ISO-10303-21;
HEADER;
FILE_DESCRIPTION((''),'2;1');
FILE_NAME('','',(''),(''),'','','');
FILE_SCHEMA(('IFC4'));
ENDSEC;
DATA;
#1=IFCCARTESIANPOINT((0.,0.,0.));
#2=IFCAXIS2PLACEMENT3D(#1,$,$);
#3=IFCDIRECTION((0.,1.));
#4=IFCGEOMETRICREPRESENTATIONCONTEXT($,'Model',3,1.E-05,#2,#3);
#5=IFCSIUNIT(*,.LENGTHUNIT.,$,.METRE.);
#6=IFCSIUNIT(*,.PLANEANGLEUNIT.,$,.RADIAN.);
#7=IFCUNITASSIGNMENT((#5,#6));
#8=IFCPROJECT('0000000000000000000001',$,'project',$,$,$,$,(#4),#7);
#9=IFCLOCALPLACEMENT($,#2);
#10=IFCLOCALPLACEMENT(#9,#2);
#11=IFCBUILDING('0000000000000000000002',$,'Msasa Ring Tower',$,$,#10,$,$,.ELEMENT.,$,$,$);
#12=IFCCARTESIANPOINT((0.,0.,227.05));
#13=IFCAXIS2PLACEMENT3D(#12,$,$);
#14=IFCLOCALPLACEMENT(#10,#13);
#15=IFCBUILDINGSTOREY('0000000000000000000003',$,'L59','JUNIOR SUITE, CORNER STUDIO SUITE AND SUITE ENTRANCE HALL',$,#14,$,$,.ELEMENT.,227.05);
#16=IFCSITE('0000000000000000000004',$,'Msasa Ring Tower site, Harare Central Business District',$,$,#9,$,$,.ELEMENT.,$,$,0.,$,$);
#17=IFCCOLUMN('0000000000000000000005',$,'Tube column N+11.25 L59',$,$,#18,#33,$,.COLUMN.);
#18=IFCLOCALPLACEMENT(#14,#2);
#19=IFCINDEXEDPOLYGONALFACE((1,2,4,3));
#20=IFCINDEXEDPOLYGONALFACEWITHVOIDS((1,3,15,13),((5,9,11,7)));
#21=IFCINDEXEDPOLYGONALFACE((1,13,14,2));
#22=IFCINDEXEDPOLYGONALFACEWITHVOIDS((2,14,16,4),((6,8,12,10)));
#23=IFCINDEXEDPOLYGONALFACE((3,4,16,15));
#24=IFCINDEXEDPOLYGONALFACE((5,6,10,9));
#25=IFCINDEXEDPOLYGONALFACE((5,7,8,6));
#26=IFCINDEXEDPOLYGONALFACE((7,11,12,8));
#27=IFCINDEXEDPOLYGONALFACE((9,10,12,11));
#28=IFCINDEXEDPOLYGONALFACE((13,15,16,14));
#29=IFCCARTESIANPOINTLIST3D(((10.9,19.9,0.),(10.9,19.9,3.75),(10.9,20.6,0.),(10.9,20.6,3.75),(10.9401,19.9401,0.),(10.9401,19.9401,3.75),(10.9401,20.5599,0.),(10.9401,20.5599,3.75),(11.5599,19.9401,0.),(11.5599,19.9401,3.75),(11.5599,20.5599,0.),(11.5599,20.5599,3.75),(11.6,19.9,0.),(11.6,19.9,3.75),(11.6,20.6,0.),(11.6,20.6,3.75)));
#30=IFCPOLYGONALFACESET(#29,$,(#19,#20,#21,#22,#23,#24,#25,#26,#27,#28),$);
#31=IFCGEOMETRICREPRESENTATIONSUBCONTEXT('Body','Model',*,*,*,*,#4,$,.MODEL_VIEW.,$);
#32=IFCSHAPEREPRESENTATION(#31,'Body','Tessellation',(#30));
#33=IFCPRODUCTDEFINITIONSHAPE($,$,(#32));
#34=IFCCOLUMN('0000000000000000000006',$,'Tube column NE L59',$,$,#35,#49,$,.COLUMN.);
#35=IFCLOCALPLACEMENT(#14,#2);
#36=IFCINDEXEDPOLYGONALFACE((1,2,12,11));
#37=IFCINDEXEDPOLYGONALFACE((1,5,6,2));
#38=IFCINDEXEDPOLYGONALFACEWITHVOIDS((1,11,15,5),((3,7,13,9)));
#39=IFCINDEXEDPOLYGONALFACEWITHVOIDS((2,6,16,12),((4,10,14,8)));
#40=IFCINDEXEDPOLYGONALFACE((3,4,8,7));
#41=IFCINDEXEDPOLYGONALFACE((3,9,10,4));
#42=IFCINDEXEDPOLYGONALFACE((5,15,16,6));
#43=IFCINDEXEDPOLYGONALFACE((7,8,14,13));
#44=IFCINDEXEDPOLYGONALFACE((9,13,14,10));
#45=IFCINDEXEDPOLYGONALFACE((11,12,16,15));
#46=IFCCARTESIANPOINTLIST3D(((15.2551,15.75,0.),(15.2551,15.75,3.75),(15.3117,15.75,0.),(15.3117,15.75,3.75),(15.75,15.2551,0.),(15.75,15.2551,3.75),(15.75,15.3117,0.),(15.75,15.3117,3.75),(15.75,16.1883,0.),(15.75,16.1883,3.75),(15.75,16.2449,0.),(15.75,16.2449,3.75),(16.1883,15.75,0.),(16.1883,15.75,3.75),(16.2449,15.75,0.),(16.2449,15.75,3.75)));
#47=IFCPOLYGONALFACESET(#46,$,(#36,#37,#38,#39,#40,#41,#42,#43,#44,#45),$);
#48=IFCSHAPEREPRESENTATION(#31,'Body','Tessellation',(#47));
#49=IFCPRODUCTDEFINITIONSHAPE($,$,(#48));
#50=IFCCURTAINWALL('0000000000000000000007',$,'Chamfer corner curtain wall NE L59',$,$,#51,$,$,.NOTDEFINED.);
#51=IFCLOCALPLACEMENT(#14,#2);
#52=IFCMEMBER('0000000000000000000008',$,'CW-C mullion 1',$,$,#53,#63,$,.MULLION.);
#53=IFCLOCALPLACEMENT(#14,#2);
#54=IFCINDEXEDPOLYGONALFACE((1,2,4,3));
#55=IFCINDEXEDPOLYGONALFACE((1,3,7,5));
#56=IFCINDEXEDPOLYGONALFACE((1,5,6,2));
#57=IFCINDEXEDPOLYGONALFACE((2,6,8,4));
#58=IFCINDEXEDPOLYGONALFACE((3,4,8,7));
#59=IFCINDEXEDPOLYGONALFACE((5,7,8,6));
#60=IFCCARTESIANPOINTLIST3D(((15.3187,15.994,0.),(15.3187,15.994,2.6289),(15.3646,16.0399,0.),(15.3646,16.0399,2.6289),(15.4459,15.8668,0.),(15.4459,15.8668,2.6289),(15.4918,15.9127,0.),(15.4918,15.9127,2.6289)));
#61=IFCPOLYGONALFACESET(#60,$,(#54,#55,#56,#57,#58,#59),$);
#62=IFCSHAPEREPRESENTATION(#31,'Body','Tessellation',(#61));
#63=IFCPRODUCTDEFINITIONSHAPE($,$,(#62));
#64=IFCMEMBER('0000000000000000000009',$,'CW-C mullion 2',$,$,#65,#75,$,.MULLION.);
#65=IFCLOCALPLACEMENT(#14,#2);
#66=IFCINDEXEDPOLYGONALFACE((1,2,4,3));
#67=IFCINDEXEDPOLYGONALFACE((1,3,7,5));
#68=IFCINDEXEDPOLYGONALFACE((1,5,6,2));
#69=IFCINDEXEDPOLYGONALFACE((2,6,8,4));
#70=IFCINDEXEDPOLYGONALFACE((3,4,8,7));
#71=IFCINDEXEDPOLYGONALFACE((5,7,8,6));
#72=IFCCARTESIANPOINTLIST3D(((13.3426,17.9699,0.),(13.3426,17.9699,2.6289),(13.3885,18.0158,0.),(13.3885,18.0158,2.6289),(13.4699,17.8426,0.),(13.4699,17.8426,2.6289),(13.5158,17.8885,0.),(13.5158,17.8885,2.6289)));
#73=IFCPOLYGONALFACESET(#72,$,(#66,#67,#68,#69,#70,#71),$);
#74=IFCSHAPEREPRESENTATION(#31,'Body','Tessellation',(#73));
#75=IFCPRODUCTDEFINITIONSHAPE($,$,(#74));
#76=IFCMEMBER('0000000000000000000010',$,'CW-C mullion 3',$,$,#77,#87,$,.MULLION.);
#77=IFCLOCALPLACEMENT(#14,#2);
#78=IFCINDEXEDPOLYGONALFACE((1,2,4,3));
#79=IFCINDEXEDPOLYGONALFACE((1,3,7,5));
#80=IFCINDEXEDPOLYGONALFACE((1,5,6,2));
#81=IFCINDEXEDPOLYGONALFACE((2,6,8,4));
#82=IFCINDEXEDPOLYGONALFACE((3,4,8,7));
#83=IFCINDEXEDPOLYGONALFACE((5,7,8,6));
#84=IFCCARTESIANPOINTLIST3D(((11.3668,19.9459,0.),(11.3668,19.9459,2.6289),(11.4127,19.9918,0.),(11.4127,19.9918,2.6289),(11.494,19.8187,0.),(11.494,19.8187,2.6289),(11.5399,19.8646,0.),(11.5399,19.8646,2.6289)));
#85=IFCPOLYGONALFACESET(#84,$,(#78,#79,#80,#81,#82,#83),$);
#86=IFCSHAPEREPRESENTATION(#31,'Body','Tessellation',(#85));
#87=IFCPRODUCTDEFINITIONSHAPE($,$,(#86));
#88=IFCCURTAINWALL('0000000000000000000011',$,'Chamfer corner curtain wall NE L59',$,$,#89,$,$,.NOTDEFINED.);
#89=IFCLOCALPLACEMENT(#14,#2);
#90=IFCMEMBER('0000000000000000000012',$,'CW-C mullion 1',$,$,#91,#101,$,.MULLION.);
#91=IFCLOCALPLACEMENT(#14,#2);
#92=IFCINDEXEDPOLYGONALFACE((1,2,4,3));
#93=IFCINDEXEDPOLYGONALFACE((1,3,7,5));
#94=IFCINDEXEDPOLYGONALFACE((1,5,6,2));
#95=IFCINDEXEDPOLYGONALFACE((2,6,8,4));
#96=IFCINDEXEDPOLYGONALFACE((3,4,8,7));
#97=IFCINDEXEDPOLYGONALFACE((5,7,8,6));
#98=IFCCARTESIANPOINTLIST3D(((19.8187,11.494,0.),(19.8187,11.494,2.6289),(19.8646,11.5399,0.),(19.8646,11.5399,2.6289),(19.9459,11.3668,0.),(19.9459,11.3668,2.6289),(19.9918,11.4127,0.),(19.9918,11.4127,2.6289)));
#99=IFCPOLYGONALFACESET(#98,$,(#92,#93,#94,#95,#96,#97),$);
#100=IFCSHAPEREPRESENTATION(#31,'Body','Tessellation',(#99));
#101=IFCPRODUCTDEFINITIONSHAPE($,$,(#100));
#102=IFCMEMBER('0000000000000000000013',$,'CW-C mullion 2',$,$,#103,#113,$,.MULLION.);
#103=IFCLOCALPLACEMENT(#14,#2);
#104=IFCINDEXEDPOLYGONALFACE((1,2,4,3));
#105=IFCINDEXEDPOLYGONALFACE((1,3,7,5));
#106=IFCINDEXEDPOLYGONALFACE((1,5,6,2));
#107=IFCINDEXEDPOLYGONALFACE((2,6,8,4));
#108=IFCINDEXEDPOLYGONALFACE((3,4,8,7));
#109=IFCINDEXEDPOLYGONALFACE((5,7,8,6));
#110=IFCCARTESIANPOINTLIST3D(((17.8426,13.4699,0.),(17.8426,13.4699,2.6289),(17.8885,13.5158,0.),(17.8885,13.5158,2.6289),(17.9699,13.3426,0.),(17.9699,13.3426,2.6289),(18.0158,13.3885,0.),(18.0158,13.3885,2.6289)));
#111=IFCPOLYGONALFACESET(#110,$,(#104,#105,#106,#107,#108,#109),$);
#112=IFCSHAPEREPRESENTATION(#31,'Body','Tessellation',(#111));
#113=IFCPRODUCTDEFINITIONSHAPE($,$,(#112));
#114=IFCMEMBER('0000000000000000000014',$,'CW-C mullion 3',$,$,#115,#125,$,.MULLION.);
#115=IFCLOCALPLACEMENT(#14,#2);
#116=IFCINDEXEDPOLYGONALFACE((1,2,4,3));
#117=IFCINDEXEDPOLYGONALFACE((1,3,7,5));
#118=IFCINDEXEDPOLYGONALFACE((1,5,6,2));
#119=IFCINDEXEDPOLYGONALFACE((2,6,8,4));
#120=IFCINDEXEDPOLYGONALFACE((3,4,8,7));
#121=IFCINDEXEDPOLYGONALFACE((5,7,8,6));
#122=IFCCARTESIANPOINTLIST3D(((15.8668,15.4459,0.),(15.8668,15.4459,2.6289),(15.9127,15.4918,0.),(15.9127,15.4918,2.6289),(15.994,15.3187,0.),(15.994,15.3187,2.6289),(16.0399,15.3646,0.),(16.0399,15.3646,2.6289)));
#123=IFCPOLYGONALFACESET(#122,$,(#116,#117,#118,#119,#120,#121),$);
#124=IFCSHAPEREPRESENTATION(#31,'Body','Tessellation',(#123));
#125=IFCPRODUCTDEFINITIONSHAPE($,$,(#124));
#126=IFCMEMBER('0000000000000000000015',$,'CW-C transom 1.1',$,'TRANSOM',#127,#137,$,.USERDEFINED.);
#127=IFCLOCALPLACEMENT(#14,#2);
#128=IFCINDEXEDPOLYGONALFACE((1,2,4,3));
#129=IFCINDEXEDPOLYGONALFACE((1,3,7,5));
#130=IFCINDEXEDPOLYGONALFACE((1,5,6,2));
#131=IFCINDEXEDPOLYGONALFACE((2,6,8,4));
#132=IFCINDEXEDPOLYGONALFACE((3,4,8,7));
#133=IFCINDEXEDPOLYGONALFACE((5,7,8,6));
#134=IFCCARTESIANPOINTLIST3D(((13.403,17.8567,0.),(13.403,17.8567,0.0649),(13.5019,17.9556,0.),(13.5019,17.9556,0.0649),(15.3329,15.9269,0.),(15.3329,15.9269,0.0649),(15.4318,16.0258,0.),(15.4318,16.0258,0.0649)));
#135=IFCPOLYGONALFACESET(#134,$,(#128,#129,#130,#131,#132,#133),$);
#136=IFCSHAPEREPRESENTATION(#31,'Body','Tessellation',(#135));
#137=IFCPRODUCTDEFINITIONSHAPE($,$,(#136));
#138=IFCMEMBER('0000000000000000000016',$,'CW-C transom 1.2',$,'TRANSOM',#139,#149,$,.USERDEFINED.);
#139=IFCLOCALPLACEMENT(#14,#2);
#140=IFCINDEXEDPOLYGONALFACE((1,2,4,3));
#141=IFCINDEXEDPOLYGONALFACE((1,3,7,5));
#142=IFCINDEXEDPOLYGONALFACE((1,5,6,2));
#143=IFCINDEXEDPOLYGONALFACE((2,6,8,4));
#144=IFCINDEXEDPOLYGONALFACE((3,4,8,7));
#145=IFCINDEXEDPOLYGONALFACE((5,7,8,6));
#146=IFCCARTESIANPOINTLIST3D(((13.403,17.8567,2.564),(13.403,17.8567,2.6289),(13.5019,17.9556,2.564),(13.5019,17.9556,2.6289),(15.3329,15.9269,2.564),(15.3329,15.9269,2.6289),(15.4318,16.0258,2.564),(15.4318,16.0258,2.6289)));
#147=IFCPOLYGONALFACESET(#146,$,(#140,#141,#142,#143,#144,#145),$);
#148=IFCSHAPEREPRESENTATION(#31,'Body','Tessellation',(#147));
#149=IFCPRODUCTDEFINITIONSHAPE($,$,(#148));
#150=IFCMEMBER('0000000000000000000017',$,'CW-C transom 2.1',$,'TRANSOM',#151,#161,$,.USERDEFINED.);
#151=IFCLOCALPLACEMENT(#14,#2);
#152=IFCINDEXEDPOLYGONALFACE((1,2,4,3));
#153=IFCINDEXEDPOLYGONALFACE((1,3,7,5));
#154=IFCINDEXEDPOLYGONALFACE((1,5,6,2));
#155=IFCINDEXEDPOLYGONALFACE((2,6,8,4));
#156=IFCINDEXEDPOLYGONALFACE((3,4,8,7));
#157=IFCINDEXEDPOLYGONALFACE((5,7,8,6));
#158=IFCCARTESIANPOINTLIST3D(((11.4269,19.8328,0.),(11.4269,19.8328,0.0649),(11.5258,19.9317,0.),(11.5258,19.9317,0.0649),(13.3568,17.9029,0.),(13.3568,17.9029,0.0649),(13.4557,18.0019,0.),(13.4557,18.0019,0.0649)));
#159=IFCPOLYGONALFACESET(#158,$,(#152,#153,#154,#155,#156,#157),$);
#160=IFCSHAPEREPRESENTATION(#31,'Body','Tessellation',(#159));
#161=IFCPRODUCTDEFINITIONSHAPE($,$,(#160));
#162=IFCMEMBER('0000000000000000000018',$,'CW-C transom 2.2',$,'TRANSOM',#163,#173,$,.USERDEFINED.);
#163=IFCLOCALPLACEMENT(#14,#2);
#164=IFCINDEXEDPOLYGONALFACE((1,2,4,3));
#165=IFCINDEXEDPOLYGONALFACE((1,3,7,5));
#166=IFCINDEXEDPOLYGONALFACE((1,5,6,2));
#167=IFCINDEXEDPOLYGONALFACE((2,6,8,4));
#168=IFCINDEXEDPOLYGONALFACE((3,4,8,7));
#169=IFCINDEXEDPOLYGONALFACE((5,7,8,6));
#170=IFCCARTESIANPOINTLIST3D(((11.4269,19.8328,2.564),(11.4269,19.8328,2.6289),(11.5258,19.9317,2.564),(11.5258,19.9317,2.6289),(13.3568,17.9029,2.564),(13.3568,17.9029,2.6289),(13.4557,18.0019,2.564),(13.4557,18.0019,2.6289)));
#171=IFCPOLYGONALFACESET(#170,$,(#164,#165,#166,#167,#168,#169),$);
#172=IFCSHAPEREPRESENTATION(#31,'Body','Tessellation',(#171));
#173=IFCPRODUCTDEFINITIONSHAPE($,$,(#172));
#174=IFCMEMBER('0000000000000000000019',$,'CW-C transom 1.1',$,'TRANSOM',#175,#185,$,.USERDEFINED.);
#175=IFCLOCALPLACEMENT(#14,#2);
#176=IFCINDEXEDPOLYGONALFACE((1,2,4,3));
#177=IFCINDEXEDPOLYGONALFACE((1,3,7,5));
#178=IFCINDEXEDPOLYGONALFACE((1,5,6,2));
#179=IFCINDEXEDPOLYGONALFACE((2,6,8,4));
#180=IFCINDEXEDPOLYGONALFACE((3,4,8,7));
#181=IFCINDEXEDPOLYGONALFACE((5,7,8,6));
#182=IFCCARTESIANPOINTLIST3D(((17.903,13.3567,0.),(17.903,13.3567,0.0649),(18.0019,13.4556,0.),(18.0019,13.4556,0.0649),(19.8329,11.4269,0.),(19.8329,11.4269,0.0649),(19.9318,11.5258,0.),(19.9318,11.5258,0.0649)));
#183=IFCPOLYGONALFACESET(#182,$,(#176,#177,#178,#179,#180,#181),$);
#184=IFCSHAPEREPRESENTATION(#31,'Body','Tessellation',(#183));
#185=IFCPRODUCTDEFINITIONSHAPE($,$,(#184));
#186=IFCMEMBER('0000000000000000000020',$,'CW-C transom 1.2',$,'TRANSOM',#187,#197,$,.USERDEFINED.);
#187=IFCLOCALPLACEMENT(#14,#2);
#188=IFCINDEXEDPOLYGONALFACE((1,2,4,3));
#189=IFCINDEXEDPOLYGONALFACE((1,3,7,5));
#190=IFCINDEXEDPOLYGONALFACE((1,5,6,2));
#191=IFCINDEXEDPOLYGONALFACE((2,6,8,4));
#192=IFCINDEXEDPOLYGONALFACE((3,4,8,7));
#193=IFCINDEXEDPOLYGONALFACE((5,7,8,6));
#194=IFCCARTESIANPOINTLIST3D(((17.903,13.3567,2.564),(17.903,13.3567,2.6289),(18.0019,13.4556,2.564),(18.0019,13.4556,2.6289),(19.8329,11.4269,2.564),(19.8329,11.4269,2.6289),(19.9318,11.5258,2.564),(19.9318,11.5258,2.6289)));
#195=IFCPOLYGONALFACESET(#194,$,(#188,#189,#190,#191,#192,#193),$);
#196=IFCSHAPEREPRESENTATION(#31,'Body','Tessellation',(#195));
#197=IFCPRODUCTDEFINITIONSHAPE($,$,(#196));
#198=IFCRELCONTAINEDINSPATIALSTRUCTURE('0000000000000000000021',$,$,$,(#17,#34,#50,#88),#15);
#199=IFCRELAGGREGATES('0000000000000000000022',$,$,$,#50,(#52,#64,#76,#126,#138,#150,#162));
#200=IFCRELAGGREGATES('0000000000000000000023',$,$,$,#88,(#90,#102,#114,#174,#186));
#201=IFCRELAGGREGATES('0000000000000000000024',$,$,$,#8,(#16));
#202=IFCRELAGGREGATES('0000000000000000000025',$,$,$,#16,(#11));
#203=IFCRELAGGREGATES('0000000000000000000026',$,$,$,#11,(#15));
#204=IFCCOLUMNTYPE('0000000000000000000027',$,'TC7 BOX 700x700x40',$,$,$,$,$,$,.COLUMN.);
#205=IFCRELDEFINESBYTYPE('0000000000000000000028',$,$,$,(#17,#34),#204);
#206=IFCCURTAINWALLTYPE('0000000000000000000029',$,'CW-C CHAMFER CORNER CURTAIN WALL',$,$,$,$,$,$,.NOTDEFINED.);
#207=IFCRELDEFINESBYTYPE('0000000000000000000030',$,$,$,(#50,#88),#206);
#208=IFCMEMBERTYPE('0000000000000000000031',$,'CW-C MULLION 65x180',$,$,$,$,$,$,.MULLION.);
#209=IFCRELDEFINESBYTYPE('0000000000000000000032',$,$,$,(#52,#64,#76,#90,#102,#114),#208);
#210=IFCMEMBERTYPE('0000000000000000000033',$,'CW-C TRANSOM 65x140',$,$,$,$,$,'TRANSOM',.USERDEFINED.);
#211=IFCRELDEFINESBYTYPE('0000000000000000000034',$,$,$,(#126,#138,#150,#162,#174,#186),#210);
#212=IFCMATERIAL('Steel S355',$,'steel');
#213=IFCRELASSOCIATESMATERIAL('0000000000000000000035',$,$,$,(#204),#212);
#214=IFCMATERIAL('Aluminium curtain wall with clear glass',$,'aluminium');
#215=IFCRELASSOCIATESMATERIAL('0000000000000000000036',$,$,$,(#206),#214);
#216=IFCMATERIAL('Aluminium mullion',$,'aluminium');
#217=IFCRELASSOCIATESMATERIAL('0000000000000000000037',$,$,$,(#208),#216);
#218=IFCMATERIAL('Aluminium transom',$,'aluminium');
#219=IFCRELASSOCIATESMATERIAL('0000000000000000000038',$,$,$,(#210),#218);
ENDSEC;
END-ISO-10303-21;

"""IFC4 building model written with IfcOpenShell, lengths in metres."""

from ifc_helpers import new_model, si_unit, direction, frame, origin, origin_2d, place, context, subcontext, project, spatial, rectangle, hollow_rectangle, extrude, material, material_profile, profile_set, type_object, element, aggregate, save


model = new_model("IFC4")

# Units and contexts
model_context = context("Model", 3, precision=1e-05, world=origin(), true_north=direction((0.0, 1.0)))
body_context = subcontext(model_context, "Body", "Model", "MODEL_VIEW")
ifc_project = project(units=[si_unit("LENGTHUNIT", "METRE"), si_unit("PLANEANGLEUNIT", "RADIAN")], contexts=[model_context])

# Site, building, storey
site_placement = place(None, origin())
site = spatial("IfcSite", under=ifc_project, at=site_placement, Name="Msasa Ring Tower site, Harare Central Business District", CompositionType="ELEMENT", RefElevation=0.0)
building_placement = place(site_placement, origin())
building = spatial("IfcBuilding", under=site, at=building_placement, Name="Msasa Ring Tower", CompositionType="ELEMENT")
storey_placement = place(building_placement, frame((0.0, 0.0, 227.05)))
storey = spatial("IfcBuildingStorey", under=building, at=storey_placement, Name="L59", Description="JUNIOR SUITE, CORNER STUDIO SUITE AND SUITE ENTRANCE HALL", CompositionType="ELEMENT", Elevation=227.05)

# Columns
ifc_material_1 = material(Name="Steel S355", Category="steel")
ifc_material_profile_1 = material_profile(ifc_material_1, hollow_rectangle(XDim=0.7, YDim=0.7, WallThickness=0.04, at=origin_2d()), Name="BOX 700x700x40")
ifc_profile_set_1 = profile_set([ifc_material_profile_1], Name="Steel S355")
column_type = type_object("IfcColumnType", Name="TC7 BOX 700x700x40", PredefinedType="COLUMN", material=ifc_profile_set_1)
for number, where, z_axis, x_axis, name in (
    (1, (11.25, 20.25, 0.0), (0.0, 0.0, 1.0), (0.0, 1.0, 0.0), "Tube column N+11.25 L59"),
    (2, (15.75, 15.75, 0.0), (0.0, 0.0, 1.0), (0.707107, 0.707107, 0.0), "Tube column NE L59"),
):
    element("IfcColumn", number, at=place(storey_placement, frame(where, z_axis=z_axis, x_axis=x_axis)), inside=storey, type_object=column_type, Name=name, PredefinedType="COLUMN", context=body_context, shape_type="SweptSolid", body=[
        extrude(hollow_rectangle(XDim=0.7, YDim=0.7, WallThickness=0.04, at=origin_2d()), origin(), (0.0, 0.0, 1.0), 3.75),
    ])

# Curtain walls, members
ifc_material_2 = material(Name="Aluminium curtain wall with clear glass", Category="aluminium")
curtain_wall_type = type_object("IfcCurtainWallType", Name="CW-C CHAMFER CORNER CURTAIN WALL", PredefinedType="NOTDEFINED", material=ifc_material_2)
curtain_wall_1_placement = place(storey_placement, origin())
curtain_wall_1 = element("IfcCurtainWall", 3, at=curtain_wall_1_placement, inside=storey, type_object=curtain_wall_type, Name="Chamfer corner curtain wall NE L59", PredefinedType="NOTDEFINED")
ifc_material_3 = material(Name="Aluminium mullion", Category="aluminium")
ifc_material_profile_2 = material_profile(ifc_material_3, rectangle(XDim=0.0649, YDim=0.1799, at=origin_2d()), Name="AL 65x180")
ifc_profile_set_2 = profile_set([ifc_material_profile_2], Name="Aluminium mullion")
member_type_1 = type_object("IfcMemberType", Name="CW-C MULLION 65x180", PredefinedType="MULLION", material=ifc_profile_set_2)
member_1_placement = place(storey_placement, frame((15.4053, 15.9534, 0.0), z_axis=(0.0, 0.0, 1.0), x_axis=(-0.707107, -0.707107, 0.0)))
member_1 = element("IfcMember", 4, at=member_1_placement, type_object=member_type_1, Name="CW-C mullion 1", PredefinedType="MULLION", context=body_context, shape_type="SweptSolid", body=[
    extrude(rectangle(XDim=0.0649, YDim=0.1799, at=origin_2d()), origin(), (0.0, 0.0, 1.0), 2.6289),
])
member_2_placement = place(storey_placement, frame((13.4292, 17.9292, 0.0), z_axis=(0.0, 0.0, 1.0), x_axis=(-0.707107, -0.707107, 0.0)))
member_2 = element("IfcMember", 5, at=member_2_placement, type_object=member_type_1, Name="CW-C mullion 2", PredefinedType="MULLION", context=body_context, shape_type="SweptSolid", body=[
    extrude(rectangle(XDim=0.0649, YDim=0.1799, at=origin_2d()), origin(), (0.0, 0.0, 1.0), 2.6289),
])
member_3_placement = place(storey_placement, frame((11.4534, 19.9053, 0.0), z_axis=(0.0, 0.0, 1.0), x_axis=(-0.707107, -0.707107, 0.0)))
member_3 = element("IfcMember", 6, at=member_3_placement, type_object=member_type_1, Name="CW-C mullion 3", PredefinedType="MULLION", context=body_context, shape_type="SweptSolid", body=[
    extrude(rectangle(XDim=0.0649, YDim=0.1799, at=origin_2d()), origin(), (0.0, 0.0, 1.0), 2.6289),
])
curtain_wall_2_placement = place(storey_placement, origin())
curtain_wall_2 = element("IfcCurtainWall", 7, at=curtain_wall_2_placement, inside=storey, type_object=curtain_wall_type, Name="Chamfer corner curtain wall NE L59", PredefinedType="NOTDEFINED")
member_4_placement = place(storey_placement, frame((19.9053, 11.4534, 0.0), z_axis=(0.0, 0.0, 1.0), x_axis=(-0.707107, -0.707107, 0.0)))
member_4 = element("IfcMember", 8, at=member_4_placement, type_object=member_type_1, Name="CW-C mullion 1", PredefinedType="MULLION", context=body_context, shape_type="SweptSolid", body=[
    extrude(rectangle(XDim=0.0649, YDim=0.1799, at=origin_2d()), origin(), (0.0, 0.0, 1.0), 2.6289),
])
member_5_placement = place(storey_placement, frame((17.9292, 13.4292, 0.0), z_axis=(0.0, 0.0, 1.0), x_axis=(-0.707107, -0.707107, 0.0)))
member_5 = element("IfcMember", 9, at=member_5_placement, type_object=member_type_1, Name="CW-C mullion 2", PredefinedType="MULLION", context=body_context, shape_type="SweptSolid", body=[
    extrude(rectangle(XDim=0.0649, YDim=0.1799, at=origin_2d()), origin(), (0.0, 0.0, 1.0), 2.6289),
])
member_6_placement = place(storey_placement, frame((15.9534, 15.4053, 0.0), z_axis=(0.0, 0.0, 1.0), x_axis=(-0.707107, -0.707107, 0.0)))
member_6 = element("IfcMember", 10, at=member_6_placement, type_object=member_type_1, Name="CW-C mullion 3", PredefinedType="MULLION", context=body_context, shape_type="SweptSolid", body=[
    extrude(rectangle(XDim=0.0649, YDim=0.1799, at=origin_2d()), origin(), (0.0, 0.0, 1.0), 2.6289),
])

# Members
ifc_material_4 = material(Name="Aluminium transom", Category="aluminium")
ifc_material_profile_3 = material_profile(ifc_material_4, rectangle(XDim=0.1399, YDim=0.0649, at=origin_2d()), Name="AL 65x140")
ifc_profile_set_3 = profile_set([ifc_material_profile_3], Name="Aluminium transom")
member_type_2 = type_object("IfcMemberType", Name="CW-C TRANSOM 65x140", ElementType="TRANSOM", PredefinedType="USERDEFINED", material=ifc_profile_set_3)
member_7_placement = place(storey_placement, frame((15.3823, 15.9763, 0.0325), z_axis=(-0.707107, 0.707107, 0.0), x_axis=(-0.707107, -0.707107, 0.0)))
member_7 = element("IfcMember", 11, at=member_7_placement, type_object=member_type_2, Name="CW-C transom 1.1", ObjectType="TRANSOM", PredefinedType="USERDEFINED", context=body_context, shape_type="SweptSolid", body=[
    extrude(rectangle(XDim=0.1399, YDim=0.0649, at=origin_2d()), origin(), (0.0, 0.0, 1.0), 2.7292),
])
member_8_placement = place(storey_placement, frame((15.3823, 15.9763, 2.5964), z_axis=(-0.707107, 0.707107, 0.0), x_axis=(-0.707107, -0.707107, 0.0)))
member_8 = element("IfcMember", 12, at=member_8_placement, type_object=member_type_2, Name="CW-C transom 1.2", ObjectType="TRANSOM", PredefinedType="USERDEFINED", context=body_context, shape_type="SweptSolid", body=[
    extrude(rectangle(XDim=0.1399, YDim=0.0649, at=origin_2d()), origin(), (0.0, 0.0, 1.0), 2.7292),
])
member_9_placement = place(storey_placement, frame((13.4062, 17.9524, 0.0325), z_axis=(-0.707107, 0.707107, 0.0), x_axis=(-0.707107, -0.707107, 0.0)))
member_9 = element("IfcMember", 13, at=member_9_placement, type_object=member_type_2, Name="CW-C transom 2.1", ObjectType="TRANSOM", PredefinedType="USERDEFINED", context=body_context, shape_type="SweptSolid", body=[
    extrude(rectangle(XDim=0.1399, YDim=0.0649, at=origin_2d()), origin(), (0.0, 0.0, 1.0), 2.7292),
])
member_10_placement = place(storey_placement, frame((13.4062, 17.9524, 2.5964), z_axis=(-0.707107, 0.707107, 0.0), x_axis=(-0.707107, -0.707107, 0.0)))
member_10 = element("IfcMember", 14, at=member_10_placement, type_object=member_type_2, Name="CW-C transom 2.2", ObjectType="TRANSOM", PredefinedType="USERDEFINED", context=body_context, shape_type="SweptSolid", body=[
    extrude(rectangle(XDim=0.1399, YDim=0.0649, at=origin_2d()), origin(), (0.0, 0.0, 1.0), 2.7292),
])
member_11_placement = place(storey_placement, frame((19.8823, 11.4763, 0.0325), z_axis=(-0.707107, 0.707107, 0.0), x_axis=(-0.707107, -0.707107, 0.0)))
member_11 = element("IfcMember", 15, at=member_11_placement, type_object=member_type_2, Name="CW-C transom 1.1", ObjectType="TRANSOM", PredefinedType="USERDEFINED", context=body_context, shape_type="SweptSolid", body=[
    extrude(rectangle(XDim=0.1399, YDim=0.0649, at=origin_2d()), origin(), (0.0, 0.0, 1.0), 2.7292),
])
member_12_placement = place(storey_placement, frame((19.8823, 11.4763, 2.5964), z_axis=(-0.707107, 0.707107, 0.0), x_axis=(-0.707107, -0.707107, 0.0)))
member_12 = element("IfcMember", 16, at=member_12_placement, type_object=member_type_2, Name="CW-C transom 1.2", ObjectType="TRANSOM", PredefinedType="USERDEFINED", context=body_context, shape_type="SweptSolid", body=[
    extrude(rectangle(XDim=0.1399, YDim=0.0649, at=origin_2d()), origin(), (0.0, 0.0, 1.0), 2.7292),
])

aggregate(curtain_wall_1, [member_1, member_2, member_3, member_7, member_8, member_9, member_10])
aggregate(curtain_wall_2, [member_4, member_5, member_6, member_11, member_12])

save(model, "model.ifc")
